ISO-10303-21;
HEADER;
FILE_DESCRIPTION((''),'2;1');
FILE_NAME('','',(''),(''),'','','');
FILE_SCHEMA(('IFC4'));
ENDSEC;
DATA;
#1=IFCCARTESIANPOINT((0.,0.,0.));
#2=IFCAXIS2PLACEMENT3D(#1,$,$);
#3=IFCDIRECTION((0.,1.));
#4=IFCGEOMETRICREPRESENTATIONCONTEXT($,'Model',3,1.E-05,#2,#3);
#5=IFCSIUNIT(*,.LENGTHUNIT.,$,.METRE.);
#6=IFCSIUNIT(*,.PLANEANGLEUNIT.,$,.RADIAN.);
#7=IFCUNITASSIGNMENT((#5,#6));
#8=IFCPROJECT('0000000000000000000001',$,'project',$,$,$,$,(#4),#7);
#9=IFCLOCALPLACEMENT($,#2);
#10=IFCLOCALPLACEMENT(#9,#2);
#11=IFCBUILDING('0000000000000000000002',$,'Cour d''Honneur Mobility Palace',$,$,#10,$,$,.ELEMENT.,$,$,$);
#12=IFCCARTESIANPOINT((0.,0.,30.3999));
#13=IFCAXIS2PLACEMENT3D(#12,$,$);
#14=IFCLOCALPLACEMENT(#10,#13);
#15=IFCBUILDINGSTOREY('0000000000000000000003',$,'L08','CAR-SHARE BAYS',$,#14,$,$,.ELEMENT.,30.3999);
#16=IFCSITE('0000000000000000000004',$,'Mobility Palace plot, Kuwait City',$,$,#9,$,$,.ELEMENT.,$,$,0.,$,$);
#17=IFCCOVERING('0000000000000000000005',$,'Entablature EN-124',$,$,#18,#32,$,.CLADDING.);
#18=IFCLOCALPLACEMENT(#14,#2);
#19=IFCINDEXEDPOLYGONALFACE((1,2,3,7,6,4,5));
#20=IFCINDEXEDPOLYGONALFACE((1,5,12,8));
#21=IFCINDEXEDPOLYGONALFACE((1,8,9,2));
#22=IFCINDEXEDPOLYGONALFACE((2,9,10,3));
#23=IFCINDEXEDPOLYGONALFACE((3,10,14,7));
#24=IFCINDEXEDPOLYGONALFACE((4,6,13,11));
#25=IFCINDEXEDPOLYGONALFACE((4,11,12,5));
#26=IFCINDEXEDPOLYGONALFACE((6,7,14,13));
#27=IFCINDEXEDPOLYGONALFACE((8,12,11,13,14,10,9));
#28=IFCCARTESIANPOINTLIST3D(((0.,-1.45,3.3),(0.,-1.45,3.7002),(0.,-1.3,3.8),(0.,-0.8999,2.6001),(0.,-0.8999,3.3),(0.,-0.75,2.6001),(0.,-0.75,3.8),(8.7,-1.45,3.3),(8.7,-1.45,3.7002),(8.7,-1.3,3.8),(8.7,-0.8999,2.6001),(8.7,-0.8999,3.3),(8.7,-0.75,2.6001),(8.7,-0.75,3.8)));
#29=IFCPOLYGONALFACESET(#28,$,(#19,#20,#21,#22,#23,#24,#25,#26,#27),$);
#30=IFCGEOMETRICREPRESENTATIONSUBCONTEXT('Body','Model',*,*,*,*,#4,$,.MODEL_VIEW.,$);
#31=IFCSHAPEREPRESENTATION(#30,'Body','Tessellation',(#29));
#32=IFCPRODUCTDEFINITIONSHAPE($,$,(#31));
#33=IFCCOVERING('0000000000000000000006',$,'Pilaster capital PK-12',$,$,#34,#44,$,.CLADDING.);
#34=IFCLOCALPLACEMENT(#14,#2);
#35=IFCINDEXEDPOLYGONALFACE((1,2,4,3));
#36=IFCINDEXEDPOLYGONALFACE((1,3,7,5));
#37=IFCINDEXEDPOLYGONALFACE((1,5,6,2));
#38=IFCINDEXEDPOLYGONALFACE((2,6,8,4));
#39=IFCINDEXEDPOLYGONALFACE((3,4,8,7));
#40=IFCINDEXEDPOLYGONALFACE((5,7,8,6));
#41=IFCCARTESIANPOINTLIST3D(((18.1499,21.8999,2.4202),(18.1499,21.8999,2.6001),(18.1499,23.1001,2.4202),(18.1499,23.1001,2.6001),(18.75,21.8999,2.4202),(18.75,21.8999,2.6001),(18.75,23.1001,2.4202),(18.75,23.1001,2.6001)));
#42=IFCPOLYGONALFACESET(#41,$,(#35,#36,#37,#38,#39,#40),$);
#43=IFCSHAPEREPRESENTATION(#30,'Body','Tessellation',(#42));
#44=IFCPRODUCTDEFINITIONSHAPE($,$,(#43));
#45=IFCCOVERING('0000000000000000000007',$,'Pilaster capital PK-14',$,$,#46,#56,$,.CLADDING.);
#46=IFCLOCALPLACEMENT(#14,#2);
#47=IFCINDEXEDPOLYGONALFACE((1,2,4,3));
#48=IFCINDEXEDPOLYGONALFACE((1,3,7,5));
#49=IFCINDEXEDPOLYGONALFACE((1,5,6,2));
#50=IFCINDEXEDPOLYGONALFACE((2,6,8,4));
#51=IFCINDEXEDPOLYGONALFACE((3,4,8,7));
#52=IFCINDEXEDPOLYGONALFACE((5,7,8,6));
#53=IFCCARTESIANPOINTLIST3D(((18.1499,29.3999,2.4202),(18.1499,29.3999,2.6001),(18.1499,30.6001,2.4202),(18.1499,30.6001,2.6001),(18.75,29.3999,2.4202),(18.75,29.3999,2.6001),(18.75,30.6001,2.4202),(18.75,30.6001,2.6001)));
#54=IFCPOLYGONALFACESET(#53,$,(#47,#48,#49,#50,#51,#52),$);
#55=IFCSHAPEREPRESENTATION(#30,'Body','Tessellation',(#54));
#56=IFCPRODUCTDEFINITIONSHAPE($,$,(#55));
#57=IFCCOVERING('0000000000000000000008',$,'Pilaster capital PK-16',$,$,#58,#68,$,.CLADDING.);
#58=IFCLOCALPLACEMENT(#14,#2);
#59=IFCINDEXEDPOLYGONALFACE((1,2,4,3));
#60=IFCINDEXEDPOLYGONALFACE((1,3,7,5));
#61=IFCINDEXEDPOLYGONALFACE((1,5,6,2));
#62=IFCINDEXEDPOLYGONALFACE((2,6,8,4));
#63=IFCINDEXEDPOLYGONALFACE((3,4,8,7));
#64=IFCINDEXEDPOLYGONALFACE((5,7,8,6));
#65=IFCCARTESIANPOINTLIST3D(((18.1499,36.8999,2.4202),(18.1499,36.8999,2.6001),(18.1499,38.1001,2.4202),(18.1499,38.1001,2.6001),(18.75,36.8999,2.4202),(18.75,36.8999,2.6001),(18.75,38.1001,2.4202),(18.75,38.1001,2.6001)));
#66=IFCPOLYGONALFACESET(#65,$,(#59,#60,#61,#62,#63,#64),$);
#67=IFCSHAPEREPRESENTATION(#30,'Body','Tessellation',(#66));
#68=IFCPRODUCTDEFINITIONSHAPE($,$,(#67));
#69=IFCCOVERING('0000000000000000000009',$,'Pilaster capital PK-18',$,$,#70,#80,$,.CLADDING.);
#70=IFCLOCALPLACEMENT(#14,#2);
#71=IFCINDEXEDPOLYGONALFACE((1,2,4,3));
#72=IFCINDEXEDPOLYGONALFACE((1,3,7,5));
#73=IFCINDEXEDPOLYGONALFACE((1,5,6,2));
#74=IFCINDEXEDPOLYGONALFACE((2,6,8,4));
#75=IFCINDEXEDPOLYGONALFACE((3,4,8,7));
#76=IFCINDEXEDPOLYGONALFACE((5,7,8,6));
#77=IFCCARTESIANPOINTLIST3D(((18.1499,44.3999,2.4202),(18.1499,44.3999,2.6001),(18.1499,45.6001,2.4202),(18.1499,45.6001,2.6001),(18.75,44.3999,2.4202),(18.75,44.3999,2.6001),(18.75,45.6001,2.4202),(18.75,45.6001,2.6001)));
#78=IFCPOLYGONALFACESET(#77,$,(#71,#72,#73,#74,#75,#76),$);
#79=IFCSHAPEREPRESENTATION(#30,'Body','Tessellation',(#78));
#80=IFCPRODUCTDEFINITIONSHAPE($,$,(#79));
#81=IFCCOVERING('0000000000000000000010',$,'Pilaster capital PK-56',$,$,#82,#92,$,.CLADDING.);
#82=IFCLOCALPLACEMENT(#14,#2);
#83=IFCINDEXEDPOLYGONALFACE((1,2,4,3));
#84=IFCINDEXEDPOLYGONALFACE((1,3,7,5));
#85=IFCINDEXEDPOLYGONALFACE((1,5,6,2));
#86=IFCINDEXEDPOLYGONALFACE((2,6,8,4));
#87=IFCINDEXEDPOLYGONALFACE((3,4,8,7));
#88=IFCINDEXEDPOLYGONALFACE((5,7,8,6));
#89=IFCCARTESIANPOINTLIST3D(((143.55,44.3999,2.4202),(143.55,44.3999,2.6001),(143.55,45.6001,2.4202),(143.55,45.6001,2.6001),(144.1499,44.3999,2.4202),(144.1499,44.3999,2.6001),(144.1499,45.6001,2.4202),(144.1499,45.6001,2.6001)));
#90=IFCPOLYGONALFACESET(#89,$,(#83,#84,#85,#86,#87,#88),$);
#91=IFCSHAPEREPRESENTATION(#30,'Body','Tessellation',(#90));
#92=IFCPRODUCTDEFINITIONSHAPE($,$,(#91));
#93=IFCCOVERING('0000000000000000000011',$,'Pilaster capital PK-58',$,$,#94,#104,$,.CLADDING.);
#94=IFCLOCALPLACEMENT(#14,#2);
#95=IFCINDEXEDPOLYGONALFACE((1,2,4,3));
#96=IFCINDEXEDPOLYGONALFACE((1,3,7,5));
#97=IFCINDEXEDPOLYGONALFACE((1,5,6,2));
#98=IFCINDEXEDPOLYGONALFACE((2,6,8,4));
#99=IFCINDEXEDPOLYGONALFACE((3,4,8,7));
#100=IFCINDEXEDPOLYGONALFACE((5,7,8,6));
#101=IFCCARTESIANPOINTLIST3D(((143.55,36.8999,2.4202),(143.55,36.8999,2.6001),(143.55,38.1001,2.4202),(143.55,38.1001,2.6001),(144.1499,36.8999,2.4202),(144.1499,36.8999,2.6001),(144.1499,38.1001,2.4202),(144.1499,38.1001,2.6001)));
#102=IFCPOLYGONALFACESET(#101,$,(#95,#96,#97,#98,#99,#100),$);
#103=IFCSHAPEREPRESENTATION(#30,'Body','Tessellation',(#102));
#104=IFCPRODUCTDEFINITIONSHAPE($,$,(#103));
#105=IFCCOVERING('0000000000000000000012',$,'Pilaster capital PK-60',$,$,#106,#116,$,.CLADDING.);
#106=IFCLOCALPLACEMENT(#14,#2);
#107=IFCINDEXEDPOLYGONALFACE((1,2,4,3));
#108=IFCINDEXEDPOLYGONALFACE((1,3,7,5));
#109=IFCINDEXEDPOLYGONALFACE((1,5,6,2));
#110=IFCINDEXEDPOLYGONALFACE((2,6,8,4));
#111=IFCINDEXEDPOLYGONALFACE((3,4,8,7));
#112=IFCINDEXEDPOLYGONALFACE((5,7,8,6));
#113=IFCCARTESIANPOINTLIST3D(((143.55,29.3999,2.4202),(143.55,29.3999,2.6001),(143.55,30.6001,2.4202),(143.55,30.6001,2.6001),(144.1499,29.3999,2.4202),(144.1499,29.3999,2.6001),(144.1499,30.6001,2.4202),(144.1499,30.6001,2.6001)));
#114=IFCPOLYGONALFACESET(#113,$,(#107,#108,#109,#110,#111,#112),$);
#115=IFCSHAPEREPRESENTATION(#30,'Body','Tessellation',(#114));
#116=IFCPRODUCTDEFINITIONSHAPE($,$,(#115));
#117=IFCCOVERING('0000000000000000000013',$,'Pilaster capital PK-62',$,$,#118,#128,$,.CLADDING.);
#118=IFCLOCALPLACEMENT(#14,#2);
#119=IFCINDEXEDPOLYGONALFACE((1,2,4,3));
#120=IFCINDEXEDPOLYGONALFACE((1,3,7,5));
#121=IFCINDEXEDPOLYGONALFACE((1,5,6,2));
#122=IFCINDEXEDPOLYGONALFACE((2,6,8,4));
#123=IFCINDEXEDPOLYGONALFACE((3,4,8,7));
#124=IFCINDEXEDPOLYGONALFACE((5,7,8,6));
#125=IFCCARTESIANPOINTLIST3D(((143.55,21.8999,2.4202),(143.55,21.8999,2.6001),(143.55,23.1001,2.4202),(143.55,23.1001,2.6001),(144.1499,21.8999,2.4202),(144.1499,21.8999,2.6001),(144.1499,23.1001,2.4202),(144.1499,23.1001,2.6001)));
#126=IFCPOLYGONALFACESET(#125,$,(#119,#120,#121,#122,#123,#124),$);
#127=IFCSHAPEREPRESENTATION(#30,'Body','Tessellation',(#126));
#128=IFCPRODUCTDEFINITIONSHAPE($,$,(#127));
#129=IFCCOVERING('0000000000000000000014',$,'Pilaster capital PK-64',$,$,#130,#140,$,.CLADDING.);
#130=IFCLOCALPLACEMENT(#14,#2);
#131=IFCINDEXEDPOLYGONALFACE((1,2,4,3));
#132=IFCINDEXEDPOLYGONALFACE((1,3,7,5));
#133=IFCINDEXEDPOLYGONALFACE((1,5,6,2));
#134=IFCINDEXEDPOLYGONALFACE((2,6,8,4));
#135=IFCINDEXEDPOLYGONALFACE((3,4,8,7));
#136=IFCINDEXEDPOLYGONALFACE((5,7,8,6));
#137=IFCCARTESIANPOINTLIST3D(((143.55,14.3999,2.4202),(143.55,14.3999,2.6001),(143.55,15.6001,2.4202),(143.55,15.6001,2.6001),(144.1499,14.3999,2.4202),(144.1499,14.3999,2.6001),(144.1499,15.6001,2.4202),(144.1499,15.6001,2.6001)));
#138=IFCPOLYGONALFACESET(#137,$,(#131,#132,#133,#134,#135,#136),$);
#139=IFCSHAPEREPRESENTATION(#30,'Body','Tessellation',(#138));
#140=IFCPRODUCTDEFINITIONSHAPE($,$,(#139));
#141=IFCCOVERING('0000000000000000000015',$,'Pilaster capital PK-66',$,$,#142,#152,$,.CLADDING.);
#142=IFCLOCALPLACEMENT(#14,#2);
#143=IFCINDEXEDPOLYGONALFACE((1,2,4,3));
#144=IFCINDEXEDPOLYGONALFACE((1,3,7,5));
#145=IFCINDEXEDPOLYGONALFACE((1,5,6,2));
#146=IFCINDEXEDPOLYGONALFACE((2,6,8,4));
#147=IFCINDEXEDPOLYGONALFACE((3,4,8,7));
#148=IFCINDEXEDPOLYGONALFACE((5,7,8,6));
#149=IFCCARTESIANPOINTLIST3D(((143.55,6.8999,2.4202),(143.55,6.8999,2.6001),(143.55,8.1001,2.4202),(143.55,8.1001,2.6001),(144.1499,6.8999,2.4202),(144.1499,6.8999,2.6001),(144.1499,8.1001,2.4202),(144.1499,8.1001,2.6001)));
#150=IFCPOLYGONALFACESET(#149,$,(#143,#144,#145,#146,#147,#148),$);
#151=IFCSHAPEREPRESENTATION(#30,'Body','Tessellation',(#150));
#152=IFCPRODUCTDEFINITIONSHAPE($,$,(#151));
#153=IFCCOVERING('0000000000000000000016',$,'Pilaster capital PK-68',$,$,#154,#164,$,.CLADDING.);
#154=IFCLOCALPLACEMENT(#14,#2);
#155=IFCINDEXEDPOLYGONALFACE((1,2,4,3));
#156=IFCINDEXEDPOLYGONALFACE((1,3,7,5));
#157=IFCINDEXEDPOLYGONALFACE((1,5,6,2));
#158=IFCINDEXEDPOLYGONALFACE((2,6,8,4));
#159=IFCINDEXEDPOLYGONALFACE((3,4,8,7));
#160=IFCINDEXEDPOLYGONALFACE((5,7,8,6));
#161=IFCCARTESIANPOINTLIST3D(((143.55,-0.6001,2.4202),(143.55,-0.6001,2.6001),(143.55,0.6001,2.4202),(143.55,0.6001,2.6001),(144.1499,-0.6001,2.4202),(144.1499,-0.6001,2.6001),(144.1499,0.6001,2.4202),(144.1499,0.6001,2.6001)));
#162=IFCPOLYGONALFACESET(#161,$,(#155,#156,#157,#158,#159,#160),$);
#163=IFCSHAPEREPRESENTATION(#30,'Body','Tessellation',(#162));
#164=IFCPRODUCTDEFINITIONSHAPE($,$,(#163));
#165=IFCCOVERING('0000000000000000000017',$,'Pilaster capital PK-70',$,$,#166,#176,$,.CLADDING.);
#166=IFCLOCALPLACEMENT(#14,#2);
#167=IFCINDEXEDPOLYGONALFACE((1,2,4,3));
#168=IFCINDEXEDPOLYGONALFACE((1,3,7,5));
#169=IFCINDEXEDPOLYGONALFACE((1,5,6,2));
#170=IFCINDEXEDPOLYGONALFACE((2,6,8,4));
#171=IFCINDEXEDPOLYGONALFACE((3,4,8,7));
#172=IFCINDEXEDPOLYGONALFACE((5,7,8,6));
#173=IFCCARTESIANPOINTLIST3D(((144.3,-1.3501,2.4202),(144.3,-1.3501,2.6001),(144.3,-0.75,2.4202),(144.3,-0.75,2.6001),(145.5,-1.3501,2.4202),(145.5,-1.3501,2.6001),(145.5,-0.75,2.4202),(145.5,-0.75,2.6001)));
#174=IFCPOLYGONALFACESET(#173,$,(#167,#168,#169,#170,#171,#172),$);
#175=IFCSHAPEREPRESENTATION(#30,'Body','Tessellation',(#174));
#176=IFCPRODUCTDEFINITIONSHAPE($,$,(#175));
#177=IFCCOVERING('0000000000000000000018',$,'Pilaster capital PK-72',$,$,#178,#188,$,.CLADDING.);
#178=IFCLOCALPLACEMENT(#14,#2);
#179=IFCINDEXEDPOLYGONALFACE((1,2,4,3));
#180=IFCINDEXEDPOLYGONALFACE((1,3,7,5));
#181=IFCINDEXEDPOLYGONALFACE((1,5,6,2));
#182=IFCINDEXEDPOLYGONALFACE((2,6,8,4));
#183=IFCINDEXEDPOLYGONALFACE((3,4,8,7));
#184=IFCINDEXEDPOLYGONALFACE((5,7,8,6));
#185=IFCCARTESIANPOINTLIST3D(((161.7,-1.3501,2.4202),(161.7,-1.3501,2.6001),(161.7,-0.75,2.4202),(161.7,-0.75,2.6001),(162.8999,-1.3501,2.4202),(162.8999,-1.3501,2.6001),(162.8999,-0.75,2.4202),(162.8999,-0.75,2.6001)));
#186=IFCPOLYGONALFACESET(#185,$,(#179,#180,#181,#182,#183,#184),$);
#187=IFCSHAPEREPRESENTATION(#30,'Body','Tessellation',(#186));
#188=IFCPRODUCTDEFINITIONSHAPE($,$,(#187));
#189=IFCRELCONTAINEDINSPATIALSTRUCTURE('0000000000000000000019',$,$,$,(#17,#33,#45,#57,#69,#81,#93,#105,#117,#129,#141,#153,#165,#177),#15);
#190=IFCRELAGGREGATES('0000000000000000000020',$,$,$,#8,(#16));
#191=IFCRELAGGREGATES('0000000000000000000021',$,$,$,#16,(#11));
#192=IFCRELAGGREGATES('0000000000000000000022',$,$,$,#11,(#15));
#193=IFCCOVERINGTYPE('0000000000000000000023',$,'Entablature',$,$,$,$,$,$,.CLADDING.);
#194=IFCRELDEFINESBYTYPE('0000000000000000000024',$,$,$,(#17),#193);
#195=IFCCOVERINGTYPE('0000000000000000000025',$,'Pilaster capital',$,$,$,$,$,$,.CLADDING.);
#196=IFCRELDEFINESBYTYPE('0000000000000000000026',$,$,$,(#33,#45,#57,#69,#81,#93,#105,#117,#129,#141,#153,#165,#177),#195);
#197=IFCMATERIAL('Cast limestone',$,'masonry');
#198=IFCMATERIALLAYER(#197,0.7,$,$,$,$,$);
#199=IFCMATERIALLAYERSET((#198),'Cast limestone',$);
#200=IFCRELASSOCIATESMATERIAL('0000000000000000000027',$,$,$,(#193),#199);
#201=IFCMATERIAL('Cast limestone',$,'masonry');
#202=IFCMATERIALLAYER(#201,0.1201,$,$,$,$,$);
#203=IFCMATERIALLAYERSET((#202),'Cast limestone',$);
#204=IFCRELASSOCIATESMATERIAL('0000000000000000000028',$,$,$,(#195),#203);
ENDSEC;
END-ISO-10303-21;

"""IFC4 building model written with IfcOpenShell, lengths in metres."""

from ifc_helpers import new_model, si_unit, direction, frame, origin, place, context, subcontext, project, spatial, polyline, outline, extrude, material, layer, layer_set, type_object, element, save


model = new_model("IFC4")

# Units and contexts
model_context = context("Model", 3, precision=1e-05, world=origin(), true_north=direction((0.0, 1.0)))
body_context = subcontext(model_context, "Body", "Model", "MODEL_VIEW")
ifc_project = project(units=[si_unit("LENGTHUNIT", "METRE"), si_unit("PLANEANGLEUNIT", "RADIAN")], contexts=[model_context])

# Site, building, storey
site_placement = place(None, origin())
site = spatial("IfcSite", under=ifc_project, at=site_placement, Name="Mobility Palace plot, Kuwait City", CompositionType="ELEMENT", RefElevation=0.0)
building_placement = place(site_placement, origin())
building = spatial("IfcBuilding", under=site, at=building_placement, Name="Cour d'Honneur Mobility Palace", CompositionType="ELEMENT")
storey_placement = place(building_placement, frame((0.0, 0.0, 30.3999)))
storey = spatial("IfcBuildingStorey", under=building, at=storey_placement, Name="L08", Description="CAR-SHARE BAYS", CompositionType="ELEMENT", Elevation=30.3999)

# Coverings
ifc_material_1 = material(Name="Cast limestone", Category="masonry")
ifc_layer_1 = layer(ifc_material_1, 0.7)
ifc_layer_set_1 = layer_set([ifc_layer_1], Name="Cast limestone")
covering_type_1 = type_object("IfcCoveringType", Name="Entablature", PredefinedType="CLADDING", material=ifc_layer_set_1)
covering_1_placement = place(storey_placement, frame((0.0, -0.75, 2.6001), z_axis=(-1.0, 0.0, 0.0), x_axis=(0.0, -1.0, 0.0)))
element("IfcCovering", 1, at=covering_1_placement, inside=storey, type_object=covering_type_1, Name="Entablature EN-124", PredefinedType="CLADDING", context=body_context, shape_type="SweptSolid", body=[
    extrude(outline(polyline([(0.0, 0.0), (0.1499, 0.0), (0.1499, 0.7), (0.7, 0.7), (0.7, 1.1001), (0.55, 1.2), (0.0, 1.2), (0.0, 0.0)])), origin(), (0.0, 0.0, -1.0), 8.7),
])
ifc_material_2 = material(Name="Cast limestone", Category="masonry")
ifc_layer_2 = layer(ifc_material_2, 0.1201)
ifc_layer_set_2 = layer_set([ifc_layer_2], Name="Cast limestone")
covering_type_2 = type_object("IfcCoveringType", Name="Pilaster capital", PredefinedType="CLADDING", material=ifc_layer_set_2)
covering_2_placement = place(storey_placement, frame((0.0, 0.0, 2.4202)))
element("IfcCovering", 2, at=covering_2_placement, inside=storey, type_object=covering_type_2, Name="Pilaster capital PK-12", PredefinedType="CLADDING", context=body_context, shape_type="SweptSolid", body=[
    extrude(outline(polyline([(18.1499, 21.8999), (18.1499, 23.1001), (18.75, 23.1001), (18.75, 21.8999), (18.1499, 21.8999)])), origin(), (0.0, 0.0, 1.0), 0.1799),
])
covering_3_placement = place(storey_placement, frame((0.0, 0.0, 2.4202)))
element("IfcCovering", 3, at=covering_3_placement, inside=storey, type_object=covering_type_2, Name="Pilaster capital PK-14", PredefinedType="CLADDING", context=body_context, shape_type="SweptSolid", body=[
    extrude(outline(polyline([(18.1499, 29.3999), (18.1499, 30.6001), (18.75, 30.6001), (18.75, 29.3999), (18.1499, 29.3999)])), origin(), (0.0, 0.0, 1.0), 0.1799),
])
covering_4_placement = place(storey_placement, frame((0.0, 0.0, 2.4202)))
element("IfcCovering", 4, at=covering_4_placement, inside=storey, type_object=covering_type_2, Name="Pilaster capital PK-16", PredefinedType="CLADDING", context=body_context, shape_type="SweptSolid", body=[
    extrude(outline(polyline([(18.1499, 36.8999), (18.1499, 38.1001), (18.75, 38.1001), (18.75, 36.8999), (18.1499, 36.8999)])), origin(), (0.0, 0.0, 1.0), 0.1799),
])
covering_5_placement = place(storey_placement, frame((0.0, 0.0, 2.4202)))
element("IfcCovering", 5, at=covering_5_placement, inside=storey, type_object=covering_type_2, Name="Pilaster capital PK-18", PredefinedType="CLADDING", context=body_context, shape_type="SweptSolid", body=[
    extrude(outline(polyline([(18.1499, 44.3999), (18.1499, 45.6001), (18.75, 45.6001), (18.75, 44.3999), (18.1499, 44.3999)])), origin(), (0.0, 0.0, 1.0), 0.1799),
])
covering_6_placement = place(storey_placement, frame((0.0, 0.0, 2.4202)))
element("IfcCovering", 6, at=covering_6_placement, inside=storey, type_object=covering_type_2, Name="Pilaster capital PK-56", PredefinedType="CLADDING", context=body_context, shape_type="SweptSolid", body=[
    extrude(outline(polyline([(144.1499, 45.6001), (144.1499, 44.3999), (143.55, 44.3999), (143.55, 45.6001), (144.1499, 45.6001)])), origin(), (0.0, 0.0, 1.0), 0.1799),
])
covering_7_placement = place(storey_placement, frame((0.0, 0.0, 2.4202)))
element("IfcCovering", 7, at=covering_7_placement, inside=storey, type_object=covering_type_2, Name="Pilaster capital PK-58", PredefinedType="CLADDING", context=body_context, shape_type="SweptSolid", body=[
    extrude(outline(polyline([(144.1499, 38.1001), (144.1499, 36.8999), (143.55, 36.8999), (143.55, 38.1001), (144.1499, 38.1001)])), origin(), (0.0, 0.0, 1.0), 0.1799),
])
covering_8_placement = place(storey_placement, frame((0.0, 0.0, 2.4202)))
element("IfcCovering", 8, at=covering_8_placement, inside=storey, type_object=covering_type_2, Name="Pilaster capital PK-60", PredefinedType="CLADDING", context=body_context, shape_type="SweptSolid", body=[
    extrude(outline(polyline([(144.1499, 30.6001), (144.1499, 29.3999), (143.55, 29.3999), (143.55, 30.6001), (144.1499, 30.6001)])), origin(), (0.0, 0.0, 1.0), 0.1799),
])
covering_9_placement = place(storey_placement, frame((0.0, 0.0, 2.4202)))
element("IfcCovering", 9, at=covering_9_placement, inside=storey, type_object=covering_type_2, Name="Pilaster capital PK-62", PredefinedType="CLADDING", context=body_context, shape_type="SweptSolid", body=[
    extrude(outline(polyline([(144.1499, 23.1001), (144.1499, 21.8999), (143.55, 21.8999), (143.55, 23.1001), (144.1499, 23.1001)])), origin(), (0.0, 0.0, 1.0), 0.1799),
])
covering_10_placement = place(storey_placement, frame((0.0, 0.0, 2.4202)))
element("IfcCovering", 10, at=covering_10_placement, inside=storey, type_object=covering_type_2, Name="Pilaster capital PK-64", PredefinedType="CLADDING", context=body_context, shape_type="SweptSolid", body=[
    extrude(outline(polyline([(144.1499, 15.6001), (144.1499, 14.3999), (143.55, 14.3999), (143.55, 15.6001), (144.1499, 15.6001)])), origin(), (0.0, 0.0, 1.0), 0.1799),
])
covering_11_placement = place(storey_placement, frame((0.0, 0.0, 2.4202)))
element("IfcCovering", 11, at=covering_11_placement, inside=storey, type_object=covering_type_2, Name="Pilaster capital PK-66", PredefinedType="CLADDING", context=body_context, shape_type="SweptSolid", body=[
    extrude(outline(polyline([(144.1499, 8.1001), (144.1499, 6.8999), (143.55, 6.8999), (143.55, 8.1001), (144.1499, 8.1001)])), origin(), (0.0, 0.0, 1.0), 0.1799),
])
covering_12_placement = place(storey_placement, frame((0.0, 0.0, 2.4202)))
element("IfcCovering", 12, at=covering_12_placement, inside=storey, type_object=covering_type_2, Name="Pilaster capital PK-68", PredefinedType="CLADDING", context=body_context, shape_type="SweptSolid", body=[
    extrude(outline(polyline([(144.1499, 0.6001), (144.1499, -0.6001), (143.55, -0.6001), (143.55, 0.6001), (144.1499, 0.6001)])), origin(), (0.0, 0.0, 1.0), 0.1799),
])
covering_13_placement = place(storey_placement, frame((0.0, 0.0, 2.4202)))
element("IfcCovering", 13, at=covering_13_placement, inside=storey, type_object=covering_type_2, Name="Pilaster capital PK-70", PredefinedType="CLADDING", context=body_context, shape_type="SweptSolid", body=[
    extrude(outline(polyline([(144.3, -0.75), (145.5, -0.75), (145.5, -1.3501), (144.3, -1.3501), (144.3, -0.75)])), origin(), (0.0, 0.0, 1.0), 0.1799),
])
covering_14_placement = place(storey_placement, frame((0.0, 0.0, 2.4202)))
element("IfcCovering", 14, at=covering_14_placement, inside=storey, type_object=covering_type_2, Name="Pilaster capital PK-72", PredefinedType="CLADDING", context=body_context, shape_type="SweptSolid", body=[
    extrude(outline(polyline([(161.7, -0.75), (162.8999, -0.75), (162.8999, -1.3501), (161.7, -1.3501), (161.7, -0.75)])), origin(), (0.0, 0.0, 1.0), 0.1799),
])

save(model, "model.ifc")
